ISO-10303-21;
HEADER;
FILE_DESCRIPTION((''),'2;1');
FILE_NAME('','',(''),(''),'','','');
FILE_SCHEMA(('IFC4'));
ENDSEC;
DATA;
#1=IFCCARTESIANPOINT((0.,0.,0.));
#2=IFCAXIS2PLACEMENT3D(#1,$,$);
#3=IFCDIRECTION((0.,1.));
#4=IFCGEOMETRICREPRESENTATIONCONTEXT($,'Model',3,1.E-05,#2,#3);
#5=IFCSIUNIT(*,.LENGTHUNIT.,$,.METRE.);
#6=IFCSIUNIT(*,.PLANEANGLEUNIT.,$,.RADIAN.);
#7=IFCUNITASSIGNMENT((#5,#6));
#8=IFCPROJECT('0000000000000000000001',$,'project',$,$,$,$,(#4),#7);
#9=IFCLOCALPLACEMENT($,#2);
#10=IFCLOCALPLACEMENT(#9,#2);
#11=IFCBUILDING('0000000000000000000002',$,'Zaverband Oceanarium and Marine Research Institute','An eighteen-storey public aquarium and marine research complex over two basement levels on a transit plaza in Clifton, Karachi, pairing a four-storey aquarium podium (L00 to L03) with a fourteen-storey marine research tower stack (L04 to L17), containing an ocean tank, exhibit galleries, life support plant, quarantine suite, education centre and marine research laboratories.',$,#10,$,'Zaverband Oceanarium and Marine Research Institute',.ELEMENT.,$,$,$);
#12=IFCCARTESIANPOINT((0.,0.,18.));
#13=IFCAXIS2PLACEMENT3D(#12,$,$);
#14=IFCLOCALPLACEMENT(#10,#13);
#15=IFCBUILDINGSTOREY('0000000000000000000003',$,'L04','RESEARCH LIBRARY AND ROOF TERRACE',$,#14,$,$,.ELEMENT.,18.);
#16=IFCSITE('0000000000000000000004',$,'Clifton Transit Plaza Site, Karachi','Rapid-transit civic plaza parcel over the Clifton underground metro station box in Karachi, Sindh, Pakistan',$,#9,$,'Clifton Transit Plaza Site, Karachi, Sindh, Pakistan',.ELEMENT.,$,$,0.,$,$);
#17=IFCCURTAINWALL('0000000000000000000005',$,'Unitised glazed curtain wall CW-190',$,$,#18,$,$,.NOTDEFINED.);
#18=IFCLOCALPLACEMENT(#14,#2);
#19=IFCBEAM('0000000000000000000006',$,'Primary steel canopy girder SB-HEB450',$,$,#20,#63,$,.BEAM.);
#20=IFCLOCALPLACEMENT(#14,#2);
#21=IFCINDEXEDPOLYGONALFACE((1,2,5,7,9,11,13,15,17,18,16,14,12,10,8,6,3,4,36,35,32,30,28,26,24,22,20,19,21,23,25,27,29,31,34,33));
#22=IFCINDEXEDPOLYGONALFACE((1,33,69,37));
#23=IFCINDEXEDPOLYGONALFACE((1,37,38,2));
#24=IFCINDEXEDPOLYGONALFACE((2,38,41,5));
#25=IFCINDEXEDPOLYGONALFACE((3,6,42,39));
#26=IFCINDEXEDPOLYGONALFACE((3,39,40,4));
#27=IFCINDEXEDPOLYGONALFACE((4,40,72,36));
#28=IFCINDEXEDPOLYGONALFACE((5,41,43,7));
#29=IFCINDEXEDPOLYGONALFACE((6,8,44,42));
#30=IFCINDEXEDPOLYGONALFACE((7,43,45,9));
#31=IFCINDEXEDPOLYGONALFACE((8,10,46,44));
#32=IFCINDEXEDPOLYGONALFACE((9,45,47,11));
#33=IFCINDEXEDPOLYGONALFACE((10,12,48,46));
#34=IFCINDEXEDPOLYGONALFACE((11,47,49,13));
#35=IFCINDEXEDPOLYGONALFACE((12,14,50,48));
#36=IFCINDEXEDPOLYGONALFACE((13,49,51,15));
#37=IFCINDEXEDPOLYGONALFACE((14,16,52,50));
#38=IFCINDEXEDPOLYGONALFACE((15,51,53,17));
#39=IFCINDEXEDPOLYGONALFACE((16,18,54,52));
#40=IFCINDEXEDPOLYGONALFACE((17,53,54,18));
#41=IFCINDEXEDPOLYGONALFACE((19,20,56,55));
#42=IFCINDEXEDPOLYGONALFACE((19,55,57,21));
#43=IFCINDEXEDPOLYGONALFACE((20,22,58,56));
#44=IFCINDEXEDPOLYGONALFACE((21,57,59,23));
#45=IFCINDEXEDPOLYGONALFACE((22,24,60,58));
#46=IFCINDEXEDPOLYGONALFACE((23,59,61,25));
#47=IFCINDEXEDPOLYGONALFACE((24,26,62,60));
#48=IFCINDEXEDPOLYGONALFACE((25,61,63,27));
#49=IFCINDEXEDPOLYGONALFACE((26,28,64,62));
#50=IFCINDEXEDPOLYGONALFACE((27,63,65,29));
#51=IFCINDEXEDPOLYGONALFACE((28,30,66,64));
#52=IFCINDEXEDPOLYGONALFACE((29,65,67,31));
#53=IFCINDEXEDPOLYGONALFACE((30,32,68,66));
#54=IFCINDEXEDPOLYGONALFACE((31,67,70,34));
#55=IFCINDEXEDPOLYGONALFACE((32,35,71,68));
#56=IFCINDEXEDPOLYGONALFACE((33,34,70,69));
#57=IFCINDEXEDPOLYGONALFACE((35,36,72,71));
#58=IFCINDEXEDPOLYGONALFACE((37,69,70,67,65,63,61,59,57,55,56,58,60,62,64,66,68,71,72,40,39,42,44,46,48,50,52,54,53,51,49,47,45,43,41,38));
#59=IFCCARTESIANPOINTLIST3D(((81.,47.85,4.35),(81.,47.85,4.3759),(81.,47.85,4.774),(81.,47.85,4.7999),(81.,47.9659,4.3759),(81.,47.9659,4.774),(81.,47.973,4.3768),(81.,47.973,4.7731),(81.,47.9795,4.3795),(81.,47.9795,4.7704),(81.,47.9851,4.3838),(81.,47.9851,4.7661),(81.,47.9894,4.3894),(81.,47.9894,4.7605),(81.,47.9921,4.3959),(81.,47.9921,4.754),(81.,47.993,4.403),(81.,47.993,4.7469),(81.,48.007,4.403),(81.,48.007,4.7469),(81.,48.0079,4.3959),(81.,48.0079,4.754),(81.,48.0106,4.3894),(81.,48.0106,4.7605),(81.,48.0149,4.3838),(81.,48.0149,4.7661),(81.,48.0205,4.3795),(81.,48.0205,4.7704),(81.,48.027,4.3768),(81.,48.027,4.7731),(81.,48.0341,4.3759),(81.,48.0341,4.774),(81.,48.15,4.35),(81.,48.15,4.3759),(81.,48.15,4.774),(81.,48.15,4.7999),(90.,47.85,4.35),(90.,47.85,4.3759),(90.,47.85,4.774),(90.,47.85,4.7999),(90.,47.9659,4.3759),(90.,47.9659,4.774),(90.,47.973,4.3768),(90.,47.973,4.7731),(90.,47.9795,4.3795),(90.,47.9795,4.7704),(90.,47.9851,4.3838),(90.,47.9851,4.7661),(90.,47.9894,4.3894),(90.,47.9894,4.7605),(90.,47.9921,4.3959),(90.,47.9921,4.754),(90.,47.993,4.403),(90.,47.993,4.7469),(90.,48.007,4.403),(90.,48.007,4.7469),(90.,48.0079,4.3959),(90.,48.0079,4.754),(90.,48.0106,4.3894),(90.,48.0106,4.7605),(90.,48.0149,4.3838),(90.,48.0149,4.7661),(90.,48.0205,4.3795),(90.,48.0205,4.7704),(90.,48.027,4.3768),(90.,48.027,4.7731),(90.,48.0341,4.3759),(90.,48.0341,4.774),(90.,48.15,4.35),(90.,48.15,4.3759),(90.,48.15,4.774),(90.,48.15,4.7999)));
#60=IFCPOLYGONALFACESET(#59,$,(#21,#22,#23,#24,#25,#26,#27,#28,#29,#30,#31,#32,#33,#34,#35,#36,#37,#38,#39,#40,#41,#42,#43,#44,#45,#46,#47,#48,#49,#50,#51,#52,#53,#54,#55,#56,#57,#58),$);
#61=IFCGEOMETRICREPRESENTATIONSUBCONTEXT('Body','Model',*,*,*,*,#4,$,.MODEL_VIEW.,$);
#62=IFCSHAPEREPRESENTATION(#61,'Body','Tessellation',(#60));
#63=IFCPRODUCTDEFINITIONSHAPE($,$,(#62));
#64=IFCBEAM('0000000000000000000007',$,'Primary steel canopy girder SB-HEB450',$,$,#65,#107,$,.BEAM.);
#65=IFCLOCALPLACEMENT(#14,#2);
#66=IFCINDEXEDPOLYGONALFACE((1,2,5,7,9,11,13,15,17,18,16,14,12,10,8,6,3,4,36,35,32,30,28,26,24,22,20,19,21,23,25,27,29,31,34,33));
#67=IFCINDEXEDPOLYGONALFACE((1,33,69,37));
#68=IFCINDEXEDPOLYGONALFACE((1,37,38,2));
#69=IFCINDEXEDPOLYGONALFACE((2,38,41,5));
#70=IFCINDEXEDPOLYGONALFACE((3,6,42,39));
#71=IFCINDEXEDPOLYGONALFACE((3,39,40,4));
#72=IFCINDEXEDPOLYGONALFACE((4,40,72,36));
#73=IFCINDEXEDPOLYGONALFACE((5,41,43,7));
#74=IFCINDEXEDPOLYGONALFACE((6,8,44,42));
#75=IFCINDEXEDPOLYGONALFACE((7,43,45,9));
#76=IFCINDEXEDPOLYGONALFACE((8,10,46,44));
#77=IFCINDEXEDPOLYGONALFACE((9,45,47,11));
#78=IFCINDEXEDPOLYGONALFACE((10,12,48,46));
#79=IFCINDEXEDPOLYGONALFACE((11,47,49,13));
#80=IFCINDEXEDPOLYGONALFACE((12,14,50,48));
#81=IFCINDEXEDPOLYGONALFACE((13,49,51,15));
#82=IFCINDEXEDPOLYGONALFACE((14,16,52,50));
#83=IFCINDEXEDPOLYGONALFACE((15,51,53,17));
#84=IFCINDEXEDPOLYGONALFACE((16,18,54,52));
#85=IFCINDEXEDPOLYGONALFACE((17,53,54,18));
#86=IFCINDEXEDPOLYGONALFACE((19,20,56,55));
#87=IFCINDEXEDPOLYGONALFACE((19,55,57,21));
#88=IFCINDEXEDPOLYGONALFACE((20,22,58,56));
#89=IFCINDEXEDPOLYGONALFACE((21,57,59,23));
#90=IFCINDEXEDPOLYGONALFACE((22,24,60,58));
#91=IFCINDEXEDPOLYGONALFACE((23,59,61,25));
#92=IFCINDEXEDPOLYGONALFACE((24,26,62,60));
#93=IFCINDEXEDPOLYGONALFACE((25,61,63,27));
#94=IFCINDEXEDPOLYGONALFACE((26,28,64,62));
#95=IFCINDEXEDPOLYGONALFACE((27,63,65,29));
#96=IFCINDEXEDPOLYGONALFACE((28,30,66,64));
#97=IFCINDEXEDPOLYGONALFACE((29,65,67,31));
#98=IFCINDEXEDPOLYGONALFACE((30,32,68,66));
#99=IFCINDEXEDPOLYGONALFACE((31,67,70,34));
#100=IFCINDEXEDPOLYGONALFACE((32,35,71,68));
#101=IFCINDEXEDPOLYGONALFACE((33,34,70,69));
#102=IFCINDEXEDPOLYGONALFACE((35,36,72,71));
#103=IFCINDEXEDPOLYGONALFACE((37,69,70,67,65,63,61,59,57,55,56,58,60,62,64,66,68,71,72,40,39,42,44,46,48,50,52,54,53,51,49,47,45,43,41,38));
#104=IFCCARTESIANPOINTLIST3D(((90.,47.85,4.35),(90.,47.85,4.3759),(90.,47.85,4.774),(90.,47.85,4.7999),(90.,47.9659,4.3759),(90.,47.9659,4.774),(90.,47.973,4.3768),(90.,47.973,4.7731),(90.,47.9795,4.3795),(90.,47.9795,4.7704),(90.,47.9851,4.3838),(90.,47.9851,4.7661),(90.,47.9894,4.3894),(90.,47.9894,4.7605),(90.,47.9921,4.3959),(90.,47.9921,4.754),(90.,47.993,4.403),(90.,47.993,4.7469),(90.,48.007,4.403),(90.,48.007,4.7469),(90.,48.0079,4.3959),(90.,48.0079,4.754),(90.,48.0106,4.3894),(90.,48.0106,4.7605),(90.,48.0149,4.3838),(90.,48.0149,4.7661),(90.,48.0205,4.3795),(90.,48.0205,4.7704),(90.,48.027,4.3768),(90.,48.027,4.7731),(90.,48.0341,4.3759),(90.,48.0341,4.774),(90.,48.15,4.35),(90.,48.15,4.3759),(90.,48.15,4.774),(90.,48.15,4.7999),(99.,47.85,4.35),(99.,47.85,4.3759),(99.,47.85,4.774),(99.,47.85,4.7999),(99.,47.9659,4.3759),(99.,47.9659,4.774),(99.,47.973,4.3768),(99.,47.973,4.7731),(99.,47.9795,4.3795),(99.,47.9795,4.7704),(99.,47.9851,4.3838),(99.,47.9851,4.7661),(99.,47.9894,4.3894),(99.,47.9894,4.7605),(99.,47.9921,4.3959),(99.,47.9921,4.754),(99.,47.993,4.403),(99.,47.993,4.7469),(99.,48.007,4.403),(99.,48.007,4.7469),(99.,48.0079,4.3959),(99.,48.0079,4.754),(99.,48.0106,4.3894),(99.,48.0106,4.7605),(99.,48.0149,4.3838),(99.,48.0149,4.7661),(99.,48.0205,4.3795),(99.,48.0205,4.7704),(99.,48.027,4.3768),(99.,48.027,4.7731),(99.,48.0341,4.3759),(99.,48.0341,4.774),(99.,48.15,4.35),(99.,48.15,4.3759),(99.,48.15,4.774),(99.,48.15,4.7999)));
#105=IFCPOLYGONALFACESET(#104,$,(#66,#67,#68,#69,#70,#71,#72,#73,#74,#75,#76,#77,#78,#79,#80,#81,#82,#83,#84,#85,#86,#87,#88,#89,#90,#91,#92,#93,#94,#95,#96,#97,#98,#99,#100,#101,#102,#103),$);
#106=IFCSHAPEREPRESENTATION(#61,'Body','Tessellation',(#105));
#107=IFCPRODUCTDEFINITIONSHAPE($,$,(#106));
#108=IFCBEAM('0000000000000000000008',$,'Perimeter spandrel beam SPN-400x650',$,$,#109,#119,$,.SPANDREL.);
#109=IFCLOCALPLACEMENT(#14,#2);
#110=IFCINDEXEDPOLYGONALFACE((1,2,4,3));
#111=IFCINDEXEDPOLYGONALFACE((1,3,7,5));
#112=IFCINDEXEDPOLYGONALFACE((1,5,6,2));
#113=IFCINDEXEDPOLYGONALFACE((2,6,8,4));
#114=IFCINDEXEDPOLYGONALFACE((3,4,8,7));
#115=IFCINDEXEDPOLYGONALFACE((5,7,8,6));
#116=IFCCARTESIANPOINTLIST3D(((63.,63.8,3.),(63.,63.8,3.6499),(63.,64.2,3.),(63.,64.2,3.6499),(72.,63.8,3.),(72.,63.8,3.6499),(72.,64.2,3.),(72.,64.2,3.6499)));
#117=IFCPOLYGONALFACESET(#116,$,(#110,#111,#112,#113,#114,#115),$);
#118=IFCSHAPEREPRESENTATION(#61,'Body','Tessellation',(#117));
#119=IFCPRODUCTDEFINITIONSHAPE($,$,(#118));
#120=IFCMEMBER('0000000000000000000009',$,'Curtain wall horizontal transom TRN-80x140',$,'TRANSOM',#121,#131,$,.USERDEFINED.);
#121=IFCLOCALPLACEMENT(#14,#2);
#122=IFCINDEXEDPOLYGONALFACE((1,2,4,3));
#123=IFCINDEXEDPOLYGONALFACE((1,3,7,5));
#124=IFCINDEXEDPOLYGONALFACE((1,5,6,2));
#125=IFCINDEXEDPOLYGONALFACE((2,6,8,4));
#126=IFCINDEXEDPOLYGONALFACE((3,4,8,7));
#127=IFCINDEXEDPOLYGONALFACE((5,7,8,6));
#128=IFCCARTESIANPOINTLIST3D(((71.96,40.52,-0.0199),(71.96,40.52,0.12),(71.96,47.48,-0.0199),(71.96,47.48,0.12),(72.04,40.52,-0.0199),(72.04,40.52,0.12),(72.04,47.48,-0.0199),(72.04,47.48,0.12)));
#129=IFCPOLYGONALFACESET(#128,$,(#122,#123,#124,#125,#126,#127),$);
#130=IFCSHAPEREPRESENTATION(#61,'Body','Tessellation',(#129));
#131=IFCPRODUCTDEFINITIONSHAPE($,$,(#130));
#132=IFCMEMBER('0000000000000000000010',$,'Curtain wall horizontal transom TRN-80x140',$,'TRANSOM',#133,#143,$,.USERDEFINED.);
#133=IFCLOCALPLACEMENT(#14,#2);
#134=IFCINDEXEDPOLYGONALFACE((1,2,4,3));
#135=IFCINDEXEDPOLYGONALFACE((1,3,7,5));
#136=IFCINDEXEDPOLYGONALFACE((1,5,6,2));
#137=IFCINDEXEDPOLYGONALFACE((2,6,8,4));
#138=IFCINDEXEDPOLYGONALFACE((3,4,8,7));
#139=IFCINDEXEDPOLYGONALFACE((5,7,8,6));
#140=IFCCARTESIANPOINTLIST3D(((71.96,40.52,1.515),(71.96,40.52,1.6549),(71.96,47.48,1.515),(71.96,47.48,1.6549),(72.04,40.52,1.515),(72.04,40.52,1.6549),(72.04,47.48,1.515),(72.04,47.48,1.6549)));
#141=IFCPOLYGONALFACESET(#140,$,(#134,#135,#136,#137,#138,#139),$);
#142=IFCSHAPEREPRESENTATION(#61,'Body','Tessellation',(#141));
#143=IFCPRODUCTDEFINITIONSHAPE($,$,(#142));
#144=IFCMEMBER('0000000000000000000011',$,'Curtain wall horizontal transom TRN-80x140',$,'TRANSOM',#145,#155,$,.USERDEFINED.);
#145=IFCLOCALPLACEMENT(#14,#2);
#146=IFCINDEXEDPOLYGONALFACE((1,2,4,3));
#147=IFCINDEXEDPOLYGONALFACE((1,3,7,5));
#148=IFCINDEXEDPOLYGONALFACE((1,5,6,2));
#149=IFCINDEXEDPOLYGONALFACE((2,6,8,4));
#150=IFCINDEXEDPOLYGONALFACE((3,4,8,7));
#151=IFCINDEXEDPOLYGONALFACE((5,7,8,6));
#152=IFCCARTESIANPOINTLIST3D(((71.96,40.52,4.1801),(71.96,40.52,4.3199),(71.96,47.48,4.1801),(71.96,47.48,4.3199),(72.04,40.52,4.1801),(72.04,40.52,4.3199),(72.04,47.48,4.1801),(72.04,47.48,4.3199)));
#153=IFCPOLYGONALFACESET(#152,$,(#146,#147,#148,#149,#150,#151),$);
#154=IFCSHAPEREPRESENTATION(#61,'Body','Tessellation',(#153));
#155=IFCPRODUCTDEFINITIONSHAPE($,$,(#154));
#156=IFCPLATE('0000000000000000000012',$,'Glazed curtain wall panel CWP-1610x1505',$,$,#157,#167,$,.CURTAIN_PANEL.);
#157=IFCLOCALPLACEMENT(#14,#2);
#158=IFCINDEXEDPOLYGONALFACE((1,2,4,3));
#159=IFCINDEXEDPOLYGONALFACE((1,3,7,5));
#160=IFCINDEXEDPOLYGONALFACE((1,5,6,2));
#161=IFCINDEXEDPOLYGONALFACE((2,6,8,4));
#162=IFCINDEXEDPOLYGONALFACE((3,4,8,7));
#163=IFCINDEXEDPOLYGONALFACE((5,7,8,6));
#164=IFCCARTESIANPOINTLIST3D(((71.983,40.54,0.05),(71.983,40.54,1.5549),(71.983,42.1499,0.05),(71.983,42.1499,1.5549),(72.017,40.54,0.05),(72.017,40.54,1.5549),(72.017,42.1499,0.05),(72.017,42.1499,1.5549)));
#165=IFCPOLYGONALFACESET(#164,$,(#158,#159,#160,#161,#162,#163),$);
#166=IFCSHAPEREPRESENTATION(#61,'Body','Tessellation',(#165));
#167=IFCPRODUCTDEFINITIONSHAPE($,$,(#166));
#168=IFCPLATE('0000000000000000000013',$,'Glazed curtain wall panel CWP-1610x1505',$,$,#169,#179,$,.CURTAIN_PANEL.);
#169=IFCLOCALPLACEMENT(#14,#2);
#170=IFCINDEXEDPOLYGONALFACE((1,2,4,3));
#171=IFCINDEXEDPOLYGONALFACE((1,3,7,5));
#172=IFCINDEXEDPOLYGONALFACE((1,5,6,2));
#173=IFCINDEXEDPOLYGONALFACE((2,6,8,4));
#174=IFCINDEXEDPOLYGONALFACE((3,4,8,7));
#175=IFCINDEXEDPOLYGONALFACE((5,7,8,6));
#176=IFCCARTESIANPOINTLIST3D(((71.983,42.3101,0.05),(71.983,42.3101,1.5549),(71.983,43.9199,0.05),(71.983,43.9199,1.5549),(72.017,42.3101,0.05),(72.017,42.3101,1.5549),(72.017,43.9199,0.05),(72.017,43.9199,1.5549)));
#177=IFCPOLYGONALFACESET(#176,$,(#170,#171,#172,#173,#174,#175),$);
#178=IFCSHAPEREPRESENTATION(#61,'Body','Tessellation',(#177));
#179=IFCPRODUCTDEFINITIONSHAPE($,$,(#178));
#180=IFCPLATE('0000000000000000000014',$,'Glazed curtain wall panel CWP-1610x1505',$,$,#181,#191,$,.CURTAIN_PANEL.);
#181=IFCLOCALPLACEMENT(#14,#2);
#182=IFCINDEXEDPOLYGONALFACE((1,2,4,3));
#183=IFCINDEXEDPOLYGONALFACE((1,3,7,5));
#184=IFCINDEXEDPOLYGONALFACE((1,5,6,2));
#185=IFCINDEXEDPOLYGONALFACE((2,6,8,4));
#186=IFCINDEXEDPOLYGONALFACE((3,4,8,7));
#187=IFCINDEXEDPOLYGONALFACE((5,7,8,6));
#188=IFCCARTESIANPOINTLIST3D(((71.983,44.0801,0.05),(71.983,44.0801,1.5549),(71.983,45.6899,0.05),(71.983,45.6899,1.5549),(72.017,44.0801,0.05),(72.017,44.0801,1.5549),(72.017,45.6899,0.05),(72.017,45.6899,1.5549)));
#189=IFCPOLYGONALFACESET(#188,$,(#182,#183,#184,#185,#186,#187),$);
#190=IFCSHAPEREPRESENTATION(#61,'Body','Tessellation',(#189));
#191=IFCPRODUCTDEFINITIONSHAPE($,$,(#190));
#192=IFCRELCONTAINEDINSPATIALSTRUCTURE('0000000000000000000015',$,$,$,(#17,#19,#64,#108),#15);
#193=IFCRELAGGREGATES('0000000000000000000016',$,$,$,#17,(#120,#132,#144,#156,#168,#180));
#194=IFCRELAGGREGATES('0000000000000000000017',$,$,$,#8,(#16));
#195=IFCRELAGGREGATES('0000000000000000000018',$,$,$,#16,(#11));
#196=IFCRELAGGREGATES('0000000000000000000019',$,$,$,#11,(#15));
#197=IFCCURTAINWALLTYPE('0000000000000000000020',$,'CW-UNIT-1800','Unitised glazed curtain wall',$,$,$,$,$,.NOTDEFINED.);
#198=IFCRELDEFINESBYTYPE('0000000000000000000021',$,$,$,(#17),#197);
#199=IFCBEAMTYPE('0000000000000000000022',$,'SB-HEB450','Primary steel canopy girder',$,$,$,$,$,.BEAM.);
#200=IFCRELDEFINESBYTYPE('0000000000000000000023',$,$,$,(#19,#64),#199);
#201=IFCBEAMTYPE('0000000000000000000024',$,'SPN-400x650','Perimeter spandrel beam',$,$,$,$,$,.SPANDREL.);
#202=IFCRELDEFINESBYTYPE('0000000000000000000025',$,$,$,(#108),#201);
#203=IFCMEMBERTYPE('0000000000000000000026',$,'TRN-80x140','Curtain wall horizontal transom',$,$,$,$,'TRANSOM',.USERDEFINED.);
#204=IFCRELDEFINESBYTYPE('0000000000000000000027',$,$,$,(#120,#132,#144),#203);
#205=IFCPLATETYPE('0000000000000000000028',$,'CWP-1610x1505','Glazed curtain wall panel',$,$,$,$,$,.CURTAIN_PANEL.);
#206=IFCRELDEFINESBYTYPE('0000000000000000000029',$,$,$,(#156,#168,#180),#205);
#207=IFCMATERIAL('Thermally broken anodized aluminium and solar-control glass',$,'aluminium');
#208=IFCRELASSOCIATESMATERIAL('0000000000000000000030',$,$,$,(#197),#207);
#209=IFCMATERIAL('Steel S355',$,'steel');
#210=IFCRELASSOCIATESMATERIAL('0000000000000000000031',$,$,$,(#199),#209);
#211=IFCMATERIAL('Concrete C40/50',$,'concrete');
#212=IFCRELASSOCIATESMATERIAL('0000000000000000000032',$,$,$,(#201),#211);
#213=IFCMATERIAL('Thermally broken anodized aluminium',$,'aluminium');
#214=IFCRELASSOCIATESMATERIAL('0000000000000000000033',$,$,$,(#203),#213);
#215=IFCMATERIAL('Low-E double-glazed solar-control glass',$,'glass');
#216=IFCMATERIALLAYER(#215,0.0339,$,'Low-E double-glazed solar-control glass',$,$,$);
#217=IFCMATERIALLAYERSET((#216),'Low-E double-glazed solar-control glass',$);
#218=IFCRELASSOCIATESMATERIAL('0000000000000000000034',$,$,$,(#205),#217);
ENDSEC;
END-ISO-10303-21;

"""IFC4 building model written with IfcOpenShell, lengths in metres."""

from ifc_helpers import new_model, si_unit, direction, frame, frame_2d, origin, origin_2d, place, context, subcontext, project, spatial, rectangle, i_section, extrude, material, layer, layer_set, material_profile, profile_set, type_object, element, aggregate, save


model = new_model("IFC4")

# Units and contexts
model_context = context("Model", 3, precision=1e-05, world=origin(), true_north=direction((0.0, 1.0)))
body_context = subcontext(model_context, "Body", "Model", "MODEL_VIEW")
ifc_project = project(units=[si_unit("LENGTHUNIT", "METRE"), si_unit("PLANEANGLEUNIT", "RADIAN")], contexts=[model_context])

# Site, building, storey
site_placement = place(None, origin())
site = spatial("IfcSite", under=ifc_project, at=site_placement, Name="Clifton Transit Plaza Site, Karachi", Description="Rapid-transit civic plaza parcel over the Clifton underground metro station box in Karachi, Sindh, Pakistan", LongName="Clifton Transit Plaza Site, Karachi, Sindh, Pakistan", CompositionType="ELEMENT", RefElevation=0.0)
building_placement = place(site_placement, origin())
building = spatial("IfcBuilding", under=site, at=building_placement, Name="Zaverband Oceanarium and Marine Research Institute", Description="An eighteen-storey public aquarium and marine research complex over two basement levels on a transit plaza in Clifton, Karachi, pairing a four-storey aquarium podium (L00 to L03) with a fourteen-storey marine research tower stack (L04 to L17), containing an ocean tank, exhibit galleries, life support plant, quarantine suite, education centre and marine research laboratories.", LongName="Zaverband Oceanarium and Marine Research Institute", CompositionType="ELEMENT")
storey_placement = place(building_placement, frame((0.0, 0.0, 18.0)))
storey = spatial("IfcBuildingStorey", under=building, at=storey_placement, Name="L04", Description="RESEARCH LIBRARY AND ROOF TERRACE", CompositionType="ELEMENT", Elevation=18.0)

# Shared definitions
ifc_material_1 = material(Name="Concrete C40/50", Category="concrete")

# Curtain wall
ifc_material_2 = material(Name="Thermally broken anodized aluminium and solar-control glass", Category="aluminium")
curtain_wall_type = type_object("IfcCurtainWallType", Name="CW-UNIT-1800", Description="Unitised glazed curtain wall", PredefinedType="NOTDEFINED", material=ifc_material_2)
curtain_wall_placement = place(storey_placement, origin())
curtain_wall = element("IfcCurtainWall", 1, at=curtain_wall_placement, inside=storey, type_object=curtain_wall_type, Name="Unitised glazed curtain wall CW-190", PredefinedType="NOTDEFINED")
ifc_material_3 = material(Name="Thermally broken anodized aluminium", Category="aluminium")

# Beams
ifc_material_4 = material(Name="Steel S355", Category="steel")
ifc_material_profile_1 = material_profile(ifc_material_4, i_section(OverallWidth=0.3, OverallDepth=0.45, WebThickness=0.0139, FlangeThickness=0.0259, FilletRadius=0.0271, at=origin_2d()), Name="HEB450")
ifc_profile_set_1 = profile_set([ifc_material_profile_1], Name="Steel S355")
beam_type_1 = type_object("IfcBeamType", Name="SB-HEB450", Description="Primary steel canopy girder", PredefinedType="BEAM", material=ifc_profile_set_1)
for number, where, z_axis, x_axis, name in (
    (2, (81.0, 48.0, 4.575), (1.0, 0.0, 0.0), (0.0, 1.0, 0.0), "Primary steel canopy girder SB-HEB450"),
    (3, (90.0, 48.0, 4.575), (1.0, 0.0, 0.0), (0.0, 1.0, 0.0), "Primary steel canopy girder SB-HEB450"),
):
    element("IfcBeam", number, at=place(storey_placement, frame(where, z_axis=z_axis, x_axis=x_axis)), inside=storey, type_object=beam_type_1, Name=name, PredefinedType="BEAM", context=body_context, shape_type="SweptSolid", body=[
        extrude(i_section(OverallWidth=0.3, OverallDepth=0.45, WebThickness=0.0139, FlangeThickness=0.0259, FilletRadius=0.0271, at=origin_2d()), origin(), (0.0, 0.0, 1.0), 9.0),
    ])
ifc_material_profile_2 = material_profile(ifc_material_1, rectangle(XDim=0.3999, YDim=0.6499, at=origin_2d()), Name="RC400x650")
ifc_profile_set_2 = profile_set([ifc_material_profile_2], Name="Concrete C40/50")
beam_type_2 = type_object("IfcBeamType", Name="SPN-400x650", Description="Perimeter spandrel beam", PredefinedType="SPANDREL", material=ifc_profile_set_2)
beam_1_placement = place(storey_placement, frame((63.0, 64.0, 3.325), z_axis=(1.0, 0.0, 0.0), x_axis=(0.0, 1.0, 0.0)))
element("IfcBeam", 4, at=beam_1_placement, inside=storey, type_object=beam_type_2, Name="Perimeter spandrel beam SPN-400x650", PredefinedType="SPANDREL", context=body_context, shape_type="SweptSolid", body=[
    extrude(rectangle(XDim=0.3999, YDim=0.6499, at=origin_2d()), origin(), (0.0, 0.0, 1.0), 9.0),
])

# Members
ifc_material_profile_3 = material_profile(ifc_material_3, rectangle(XDim=0.0801, YDim=0.1399, at=origin_2d()), Name="AL-TRN-80x140")
ifc_profile_set_3 = profile_set([ifc_material_profile_3], Name="Thermally broken anodized aluminium")
member_type_1 = type_object("IfcMemberType", Name="TRN-80x140", Description="Curtain wall horizontal transom", ElementType="TRANSOM", PredefinedType="USERDEFINED", material=ifc_profile_set_3)
member_1_placement = place(storey_placement, frame((72.0, 40.52, 0.05), z_axis=(0.0, 1.0, 0.0), x_axis=(-1.0, 0.0, 0.0)))
member_1 = element("IfcMember", 5, at=member_1_placement, type_object=member_type_1, Name="Curtain wall horizontal transom TRN-80x140", ObjectType="TRANSOM", PredefinedType="USERDEFINED", context=body_context, shape_type="SweptSolid", body=[
    extrude(rectangle(XDim=0.0801, YDim=0.1399, at=origin_2d()), origin(), (0.0, 0.0, 1.0), 6.96),
])
member_2_placement = place(storey_placement, frame((72.0, 40.52, 1.585), z_axis=(0.0, 1.0, 0.0), x_axis=(-1.0, 0.0, 0.0)))
member_2 = element("IfcMember", 6, at=member_2_placement, type_object=member_type_1, Name="Curtain wall horizontal transom TRN-80x140", ObjectType="TRANSOM", PredefinedType="USERDEFINED", context=body_context, shape_type="SweptSolid", body=[
    extrude(rectangle(XDim=0.0801, YDim=0.1399, at=origin_2d()), origin(), (0.0, 0.0, 1.0), 6.96),
])
member_3_placement = place(storey_placement, frame((72.0, 40.52, 4.25), z_axis=(0.0, 1.0, 0.0), x_axis=(-1.0, 0.0, 0.0)))
member_3 = element("IfcMember", 7, at=member_3_placement, type_object=member_type_1, Name="Curtain wall horizontal transom TRN-80x140", ObjectType="TRANSOM", PredefinedType="USERDEFINED", context=body_context, shape_type="SweptSolid", body=[
    extrude(rectangle(XDim=0.0801, YDim=0.1399, at=origin_2d()), origin(), (0.0, 0.0, 1.0), 6.96),
])

# Plates
ifc_material_5 = material(Name="Low-E double-glazed solar-control glass", Category="glass")
ifc_layer_1 = layer(ifc_material_5, 0.0339, Name="Low-E double-glazed solar-control glass")
ifc_layer_set_1 = layer_set([ifc_layer_1], Name="Low-E double-glazed solar-control glass")
plate_type_1 = type_object("IfcPlateType", Name="CWP-1610x1505", Description="Glazed curtain wall panel", PredefinedType="CURTAIN_PANEL", material=ifc_layer_set_1)
plate_1_placement = place(storey_placement, frame((72.0, 40.54, 0.05), z_axis=(0.0, 0.0, 1.0), x_axis=(0.0, 1.0, 0.0)))
plate_1 = element("IfcPlate", 8, at=plate_1_placement, type_object=plate_type_1, Name="Glazed curtain wall panel CWP-1610x1505", PredefinedType="CURTAIN_PANEL", context=body_context, shape_type="SweptSolid", body=[
    extrude(rectangle(XDim=1.6099, YDim=0.0339, at=frame_2d((0.8049, 0.0))), origin(), (0.0, 0.0, 1.0), 1.5049),
])
plate_2_placement = place(storey_placement, frame((72.0, 42.3101, 0.05), z_axis=(0.0, 0.0, 1.0), x_axis=(0.0, 1.0, 0.0)))
plate_2 = element("IfcPlate", 9, at=plate_2_placement, type_object=plate_type_1, Name="Glazed curtain wall panel CWP-1610x1505", PredefinedType="CURTAIN_PANEL", context=body_context, shape_type="SweptSolid", body=[
    extrude(rectangle(XDim=1.6099, YDim=0.0339, at=frame_2d((0.8049, 0.0))), origin(), (0.0, 0.0, 1.0), 1.5049),
])
plate_3_placement = place(storey_placement, frame((72.0, 44.0801, 0.05), z_axis=(0.0, 0.0, 1.0), x_axis=(0.0, 1.0, 0.0)))
plate_3 = element("IfcPlate", 10, at=plate_3_placement, type_object=plate_type_1, Name="Glazed curtain wall panel CWP-1610x1505", PredefinedType="CURTAIN_PANEL", context=body_context, shape_type="SweptSolid", body=[
    extrude(rectangle(XDim=1.6099, YDim=0.0339, at=frame_2d((0.8049, 0.0))), origin(), (0.0, 0.0, 1.0), 1.5049),
])
aggregate(curtain_wall, [member_1, member_2, member_3, plate_1, plate_2, plate_3])

save(model, "model.ifc")
